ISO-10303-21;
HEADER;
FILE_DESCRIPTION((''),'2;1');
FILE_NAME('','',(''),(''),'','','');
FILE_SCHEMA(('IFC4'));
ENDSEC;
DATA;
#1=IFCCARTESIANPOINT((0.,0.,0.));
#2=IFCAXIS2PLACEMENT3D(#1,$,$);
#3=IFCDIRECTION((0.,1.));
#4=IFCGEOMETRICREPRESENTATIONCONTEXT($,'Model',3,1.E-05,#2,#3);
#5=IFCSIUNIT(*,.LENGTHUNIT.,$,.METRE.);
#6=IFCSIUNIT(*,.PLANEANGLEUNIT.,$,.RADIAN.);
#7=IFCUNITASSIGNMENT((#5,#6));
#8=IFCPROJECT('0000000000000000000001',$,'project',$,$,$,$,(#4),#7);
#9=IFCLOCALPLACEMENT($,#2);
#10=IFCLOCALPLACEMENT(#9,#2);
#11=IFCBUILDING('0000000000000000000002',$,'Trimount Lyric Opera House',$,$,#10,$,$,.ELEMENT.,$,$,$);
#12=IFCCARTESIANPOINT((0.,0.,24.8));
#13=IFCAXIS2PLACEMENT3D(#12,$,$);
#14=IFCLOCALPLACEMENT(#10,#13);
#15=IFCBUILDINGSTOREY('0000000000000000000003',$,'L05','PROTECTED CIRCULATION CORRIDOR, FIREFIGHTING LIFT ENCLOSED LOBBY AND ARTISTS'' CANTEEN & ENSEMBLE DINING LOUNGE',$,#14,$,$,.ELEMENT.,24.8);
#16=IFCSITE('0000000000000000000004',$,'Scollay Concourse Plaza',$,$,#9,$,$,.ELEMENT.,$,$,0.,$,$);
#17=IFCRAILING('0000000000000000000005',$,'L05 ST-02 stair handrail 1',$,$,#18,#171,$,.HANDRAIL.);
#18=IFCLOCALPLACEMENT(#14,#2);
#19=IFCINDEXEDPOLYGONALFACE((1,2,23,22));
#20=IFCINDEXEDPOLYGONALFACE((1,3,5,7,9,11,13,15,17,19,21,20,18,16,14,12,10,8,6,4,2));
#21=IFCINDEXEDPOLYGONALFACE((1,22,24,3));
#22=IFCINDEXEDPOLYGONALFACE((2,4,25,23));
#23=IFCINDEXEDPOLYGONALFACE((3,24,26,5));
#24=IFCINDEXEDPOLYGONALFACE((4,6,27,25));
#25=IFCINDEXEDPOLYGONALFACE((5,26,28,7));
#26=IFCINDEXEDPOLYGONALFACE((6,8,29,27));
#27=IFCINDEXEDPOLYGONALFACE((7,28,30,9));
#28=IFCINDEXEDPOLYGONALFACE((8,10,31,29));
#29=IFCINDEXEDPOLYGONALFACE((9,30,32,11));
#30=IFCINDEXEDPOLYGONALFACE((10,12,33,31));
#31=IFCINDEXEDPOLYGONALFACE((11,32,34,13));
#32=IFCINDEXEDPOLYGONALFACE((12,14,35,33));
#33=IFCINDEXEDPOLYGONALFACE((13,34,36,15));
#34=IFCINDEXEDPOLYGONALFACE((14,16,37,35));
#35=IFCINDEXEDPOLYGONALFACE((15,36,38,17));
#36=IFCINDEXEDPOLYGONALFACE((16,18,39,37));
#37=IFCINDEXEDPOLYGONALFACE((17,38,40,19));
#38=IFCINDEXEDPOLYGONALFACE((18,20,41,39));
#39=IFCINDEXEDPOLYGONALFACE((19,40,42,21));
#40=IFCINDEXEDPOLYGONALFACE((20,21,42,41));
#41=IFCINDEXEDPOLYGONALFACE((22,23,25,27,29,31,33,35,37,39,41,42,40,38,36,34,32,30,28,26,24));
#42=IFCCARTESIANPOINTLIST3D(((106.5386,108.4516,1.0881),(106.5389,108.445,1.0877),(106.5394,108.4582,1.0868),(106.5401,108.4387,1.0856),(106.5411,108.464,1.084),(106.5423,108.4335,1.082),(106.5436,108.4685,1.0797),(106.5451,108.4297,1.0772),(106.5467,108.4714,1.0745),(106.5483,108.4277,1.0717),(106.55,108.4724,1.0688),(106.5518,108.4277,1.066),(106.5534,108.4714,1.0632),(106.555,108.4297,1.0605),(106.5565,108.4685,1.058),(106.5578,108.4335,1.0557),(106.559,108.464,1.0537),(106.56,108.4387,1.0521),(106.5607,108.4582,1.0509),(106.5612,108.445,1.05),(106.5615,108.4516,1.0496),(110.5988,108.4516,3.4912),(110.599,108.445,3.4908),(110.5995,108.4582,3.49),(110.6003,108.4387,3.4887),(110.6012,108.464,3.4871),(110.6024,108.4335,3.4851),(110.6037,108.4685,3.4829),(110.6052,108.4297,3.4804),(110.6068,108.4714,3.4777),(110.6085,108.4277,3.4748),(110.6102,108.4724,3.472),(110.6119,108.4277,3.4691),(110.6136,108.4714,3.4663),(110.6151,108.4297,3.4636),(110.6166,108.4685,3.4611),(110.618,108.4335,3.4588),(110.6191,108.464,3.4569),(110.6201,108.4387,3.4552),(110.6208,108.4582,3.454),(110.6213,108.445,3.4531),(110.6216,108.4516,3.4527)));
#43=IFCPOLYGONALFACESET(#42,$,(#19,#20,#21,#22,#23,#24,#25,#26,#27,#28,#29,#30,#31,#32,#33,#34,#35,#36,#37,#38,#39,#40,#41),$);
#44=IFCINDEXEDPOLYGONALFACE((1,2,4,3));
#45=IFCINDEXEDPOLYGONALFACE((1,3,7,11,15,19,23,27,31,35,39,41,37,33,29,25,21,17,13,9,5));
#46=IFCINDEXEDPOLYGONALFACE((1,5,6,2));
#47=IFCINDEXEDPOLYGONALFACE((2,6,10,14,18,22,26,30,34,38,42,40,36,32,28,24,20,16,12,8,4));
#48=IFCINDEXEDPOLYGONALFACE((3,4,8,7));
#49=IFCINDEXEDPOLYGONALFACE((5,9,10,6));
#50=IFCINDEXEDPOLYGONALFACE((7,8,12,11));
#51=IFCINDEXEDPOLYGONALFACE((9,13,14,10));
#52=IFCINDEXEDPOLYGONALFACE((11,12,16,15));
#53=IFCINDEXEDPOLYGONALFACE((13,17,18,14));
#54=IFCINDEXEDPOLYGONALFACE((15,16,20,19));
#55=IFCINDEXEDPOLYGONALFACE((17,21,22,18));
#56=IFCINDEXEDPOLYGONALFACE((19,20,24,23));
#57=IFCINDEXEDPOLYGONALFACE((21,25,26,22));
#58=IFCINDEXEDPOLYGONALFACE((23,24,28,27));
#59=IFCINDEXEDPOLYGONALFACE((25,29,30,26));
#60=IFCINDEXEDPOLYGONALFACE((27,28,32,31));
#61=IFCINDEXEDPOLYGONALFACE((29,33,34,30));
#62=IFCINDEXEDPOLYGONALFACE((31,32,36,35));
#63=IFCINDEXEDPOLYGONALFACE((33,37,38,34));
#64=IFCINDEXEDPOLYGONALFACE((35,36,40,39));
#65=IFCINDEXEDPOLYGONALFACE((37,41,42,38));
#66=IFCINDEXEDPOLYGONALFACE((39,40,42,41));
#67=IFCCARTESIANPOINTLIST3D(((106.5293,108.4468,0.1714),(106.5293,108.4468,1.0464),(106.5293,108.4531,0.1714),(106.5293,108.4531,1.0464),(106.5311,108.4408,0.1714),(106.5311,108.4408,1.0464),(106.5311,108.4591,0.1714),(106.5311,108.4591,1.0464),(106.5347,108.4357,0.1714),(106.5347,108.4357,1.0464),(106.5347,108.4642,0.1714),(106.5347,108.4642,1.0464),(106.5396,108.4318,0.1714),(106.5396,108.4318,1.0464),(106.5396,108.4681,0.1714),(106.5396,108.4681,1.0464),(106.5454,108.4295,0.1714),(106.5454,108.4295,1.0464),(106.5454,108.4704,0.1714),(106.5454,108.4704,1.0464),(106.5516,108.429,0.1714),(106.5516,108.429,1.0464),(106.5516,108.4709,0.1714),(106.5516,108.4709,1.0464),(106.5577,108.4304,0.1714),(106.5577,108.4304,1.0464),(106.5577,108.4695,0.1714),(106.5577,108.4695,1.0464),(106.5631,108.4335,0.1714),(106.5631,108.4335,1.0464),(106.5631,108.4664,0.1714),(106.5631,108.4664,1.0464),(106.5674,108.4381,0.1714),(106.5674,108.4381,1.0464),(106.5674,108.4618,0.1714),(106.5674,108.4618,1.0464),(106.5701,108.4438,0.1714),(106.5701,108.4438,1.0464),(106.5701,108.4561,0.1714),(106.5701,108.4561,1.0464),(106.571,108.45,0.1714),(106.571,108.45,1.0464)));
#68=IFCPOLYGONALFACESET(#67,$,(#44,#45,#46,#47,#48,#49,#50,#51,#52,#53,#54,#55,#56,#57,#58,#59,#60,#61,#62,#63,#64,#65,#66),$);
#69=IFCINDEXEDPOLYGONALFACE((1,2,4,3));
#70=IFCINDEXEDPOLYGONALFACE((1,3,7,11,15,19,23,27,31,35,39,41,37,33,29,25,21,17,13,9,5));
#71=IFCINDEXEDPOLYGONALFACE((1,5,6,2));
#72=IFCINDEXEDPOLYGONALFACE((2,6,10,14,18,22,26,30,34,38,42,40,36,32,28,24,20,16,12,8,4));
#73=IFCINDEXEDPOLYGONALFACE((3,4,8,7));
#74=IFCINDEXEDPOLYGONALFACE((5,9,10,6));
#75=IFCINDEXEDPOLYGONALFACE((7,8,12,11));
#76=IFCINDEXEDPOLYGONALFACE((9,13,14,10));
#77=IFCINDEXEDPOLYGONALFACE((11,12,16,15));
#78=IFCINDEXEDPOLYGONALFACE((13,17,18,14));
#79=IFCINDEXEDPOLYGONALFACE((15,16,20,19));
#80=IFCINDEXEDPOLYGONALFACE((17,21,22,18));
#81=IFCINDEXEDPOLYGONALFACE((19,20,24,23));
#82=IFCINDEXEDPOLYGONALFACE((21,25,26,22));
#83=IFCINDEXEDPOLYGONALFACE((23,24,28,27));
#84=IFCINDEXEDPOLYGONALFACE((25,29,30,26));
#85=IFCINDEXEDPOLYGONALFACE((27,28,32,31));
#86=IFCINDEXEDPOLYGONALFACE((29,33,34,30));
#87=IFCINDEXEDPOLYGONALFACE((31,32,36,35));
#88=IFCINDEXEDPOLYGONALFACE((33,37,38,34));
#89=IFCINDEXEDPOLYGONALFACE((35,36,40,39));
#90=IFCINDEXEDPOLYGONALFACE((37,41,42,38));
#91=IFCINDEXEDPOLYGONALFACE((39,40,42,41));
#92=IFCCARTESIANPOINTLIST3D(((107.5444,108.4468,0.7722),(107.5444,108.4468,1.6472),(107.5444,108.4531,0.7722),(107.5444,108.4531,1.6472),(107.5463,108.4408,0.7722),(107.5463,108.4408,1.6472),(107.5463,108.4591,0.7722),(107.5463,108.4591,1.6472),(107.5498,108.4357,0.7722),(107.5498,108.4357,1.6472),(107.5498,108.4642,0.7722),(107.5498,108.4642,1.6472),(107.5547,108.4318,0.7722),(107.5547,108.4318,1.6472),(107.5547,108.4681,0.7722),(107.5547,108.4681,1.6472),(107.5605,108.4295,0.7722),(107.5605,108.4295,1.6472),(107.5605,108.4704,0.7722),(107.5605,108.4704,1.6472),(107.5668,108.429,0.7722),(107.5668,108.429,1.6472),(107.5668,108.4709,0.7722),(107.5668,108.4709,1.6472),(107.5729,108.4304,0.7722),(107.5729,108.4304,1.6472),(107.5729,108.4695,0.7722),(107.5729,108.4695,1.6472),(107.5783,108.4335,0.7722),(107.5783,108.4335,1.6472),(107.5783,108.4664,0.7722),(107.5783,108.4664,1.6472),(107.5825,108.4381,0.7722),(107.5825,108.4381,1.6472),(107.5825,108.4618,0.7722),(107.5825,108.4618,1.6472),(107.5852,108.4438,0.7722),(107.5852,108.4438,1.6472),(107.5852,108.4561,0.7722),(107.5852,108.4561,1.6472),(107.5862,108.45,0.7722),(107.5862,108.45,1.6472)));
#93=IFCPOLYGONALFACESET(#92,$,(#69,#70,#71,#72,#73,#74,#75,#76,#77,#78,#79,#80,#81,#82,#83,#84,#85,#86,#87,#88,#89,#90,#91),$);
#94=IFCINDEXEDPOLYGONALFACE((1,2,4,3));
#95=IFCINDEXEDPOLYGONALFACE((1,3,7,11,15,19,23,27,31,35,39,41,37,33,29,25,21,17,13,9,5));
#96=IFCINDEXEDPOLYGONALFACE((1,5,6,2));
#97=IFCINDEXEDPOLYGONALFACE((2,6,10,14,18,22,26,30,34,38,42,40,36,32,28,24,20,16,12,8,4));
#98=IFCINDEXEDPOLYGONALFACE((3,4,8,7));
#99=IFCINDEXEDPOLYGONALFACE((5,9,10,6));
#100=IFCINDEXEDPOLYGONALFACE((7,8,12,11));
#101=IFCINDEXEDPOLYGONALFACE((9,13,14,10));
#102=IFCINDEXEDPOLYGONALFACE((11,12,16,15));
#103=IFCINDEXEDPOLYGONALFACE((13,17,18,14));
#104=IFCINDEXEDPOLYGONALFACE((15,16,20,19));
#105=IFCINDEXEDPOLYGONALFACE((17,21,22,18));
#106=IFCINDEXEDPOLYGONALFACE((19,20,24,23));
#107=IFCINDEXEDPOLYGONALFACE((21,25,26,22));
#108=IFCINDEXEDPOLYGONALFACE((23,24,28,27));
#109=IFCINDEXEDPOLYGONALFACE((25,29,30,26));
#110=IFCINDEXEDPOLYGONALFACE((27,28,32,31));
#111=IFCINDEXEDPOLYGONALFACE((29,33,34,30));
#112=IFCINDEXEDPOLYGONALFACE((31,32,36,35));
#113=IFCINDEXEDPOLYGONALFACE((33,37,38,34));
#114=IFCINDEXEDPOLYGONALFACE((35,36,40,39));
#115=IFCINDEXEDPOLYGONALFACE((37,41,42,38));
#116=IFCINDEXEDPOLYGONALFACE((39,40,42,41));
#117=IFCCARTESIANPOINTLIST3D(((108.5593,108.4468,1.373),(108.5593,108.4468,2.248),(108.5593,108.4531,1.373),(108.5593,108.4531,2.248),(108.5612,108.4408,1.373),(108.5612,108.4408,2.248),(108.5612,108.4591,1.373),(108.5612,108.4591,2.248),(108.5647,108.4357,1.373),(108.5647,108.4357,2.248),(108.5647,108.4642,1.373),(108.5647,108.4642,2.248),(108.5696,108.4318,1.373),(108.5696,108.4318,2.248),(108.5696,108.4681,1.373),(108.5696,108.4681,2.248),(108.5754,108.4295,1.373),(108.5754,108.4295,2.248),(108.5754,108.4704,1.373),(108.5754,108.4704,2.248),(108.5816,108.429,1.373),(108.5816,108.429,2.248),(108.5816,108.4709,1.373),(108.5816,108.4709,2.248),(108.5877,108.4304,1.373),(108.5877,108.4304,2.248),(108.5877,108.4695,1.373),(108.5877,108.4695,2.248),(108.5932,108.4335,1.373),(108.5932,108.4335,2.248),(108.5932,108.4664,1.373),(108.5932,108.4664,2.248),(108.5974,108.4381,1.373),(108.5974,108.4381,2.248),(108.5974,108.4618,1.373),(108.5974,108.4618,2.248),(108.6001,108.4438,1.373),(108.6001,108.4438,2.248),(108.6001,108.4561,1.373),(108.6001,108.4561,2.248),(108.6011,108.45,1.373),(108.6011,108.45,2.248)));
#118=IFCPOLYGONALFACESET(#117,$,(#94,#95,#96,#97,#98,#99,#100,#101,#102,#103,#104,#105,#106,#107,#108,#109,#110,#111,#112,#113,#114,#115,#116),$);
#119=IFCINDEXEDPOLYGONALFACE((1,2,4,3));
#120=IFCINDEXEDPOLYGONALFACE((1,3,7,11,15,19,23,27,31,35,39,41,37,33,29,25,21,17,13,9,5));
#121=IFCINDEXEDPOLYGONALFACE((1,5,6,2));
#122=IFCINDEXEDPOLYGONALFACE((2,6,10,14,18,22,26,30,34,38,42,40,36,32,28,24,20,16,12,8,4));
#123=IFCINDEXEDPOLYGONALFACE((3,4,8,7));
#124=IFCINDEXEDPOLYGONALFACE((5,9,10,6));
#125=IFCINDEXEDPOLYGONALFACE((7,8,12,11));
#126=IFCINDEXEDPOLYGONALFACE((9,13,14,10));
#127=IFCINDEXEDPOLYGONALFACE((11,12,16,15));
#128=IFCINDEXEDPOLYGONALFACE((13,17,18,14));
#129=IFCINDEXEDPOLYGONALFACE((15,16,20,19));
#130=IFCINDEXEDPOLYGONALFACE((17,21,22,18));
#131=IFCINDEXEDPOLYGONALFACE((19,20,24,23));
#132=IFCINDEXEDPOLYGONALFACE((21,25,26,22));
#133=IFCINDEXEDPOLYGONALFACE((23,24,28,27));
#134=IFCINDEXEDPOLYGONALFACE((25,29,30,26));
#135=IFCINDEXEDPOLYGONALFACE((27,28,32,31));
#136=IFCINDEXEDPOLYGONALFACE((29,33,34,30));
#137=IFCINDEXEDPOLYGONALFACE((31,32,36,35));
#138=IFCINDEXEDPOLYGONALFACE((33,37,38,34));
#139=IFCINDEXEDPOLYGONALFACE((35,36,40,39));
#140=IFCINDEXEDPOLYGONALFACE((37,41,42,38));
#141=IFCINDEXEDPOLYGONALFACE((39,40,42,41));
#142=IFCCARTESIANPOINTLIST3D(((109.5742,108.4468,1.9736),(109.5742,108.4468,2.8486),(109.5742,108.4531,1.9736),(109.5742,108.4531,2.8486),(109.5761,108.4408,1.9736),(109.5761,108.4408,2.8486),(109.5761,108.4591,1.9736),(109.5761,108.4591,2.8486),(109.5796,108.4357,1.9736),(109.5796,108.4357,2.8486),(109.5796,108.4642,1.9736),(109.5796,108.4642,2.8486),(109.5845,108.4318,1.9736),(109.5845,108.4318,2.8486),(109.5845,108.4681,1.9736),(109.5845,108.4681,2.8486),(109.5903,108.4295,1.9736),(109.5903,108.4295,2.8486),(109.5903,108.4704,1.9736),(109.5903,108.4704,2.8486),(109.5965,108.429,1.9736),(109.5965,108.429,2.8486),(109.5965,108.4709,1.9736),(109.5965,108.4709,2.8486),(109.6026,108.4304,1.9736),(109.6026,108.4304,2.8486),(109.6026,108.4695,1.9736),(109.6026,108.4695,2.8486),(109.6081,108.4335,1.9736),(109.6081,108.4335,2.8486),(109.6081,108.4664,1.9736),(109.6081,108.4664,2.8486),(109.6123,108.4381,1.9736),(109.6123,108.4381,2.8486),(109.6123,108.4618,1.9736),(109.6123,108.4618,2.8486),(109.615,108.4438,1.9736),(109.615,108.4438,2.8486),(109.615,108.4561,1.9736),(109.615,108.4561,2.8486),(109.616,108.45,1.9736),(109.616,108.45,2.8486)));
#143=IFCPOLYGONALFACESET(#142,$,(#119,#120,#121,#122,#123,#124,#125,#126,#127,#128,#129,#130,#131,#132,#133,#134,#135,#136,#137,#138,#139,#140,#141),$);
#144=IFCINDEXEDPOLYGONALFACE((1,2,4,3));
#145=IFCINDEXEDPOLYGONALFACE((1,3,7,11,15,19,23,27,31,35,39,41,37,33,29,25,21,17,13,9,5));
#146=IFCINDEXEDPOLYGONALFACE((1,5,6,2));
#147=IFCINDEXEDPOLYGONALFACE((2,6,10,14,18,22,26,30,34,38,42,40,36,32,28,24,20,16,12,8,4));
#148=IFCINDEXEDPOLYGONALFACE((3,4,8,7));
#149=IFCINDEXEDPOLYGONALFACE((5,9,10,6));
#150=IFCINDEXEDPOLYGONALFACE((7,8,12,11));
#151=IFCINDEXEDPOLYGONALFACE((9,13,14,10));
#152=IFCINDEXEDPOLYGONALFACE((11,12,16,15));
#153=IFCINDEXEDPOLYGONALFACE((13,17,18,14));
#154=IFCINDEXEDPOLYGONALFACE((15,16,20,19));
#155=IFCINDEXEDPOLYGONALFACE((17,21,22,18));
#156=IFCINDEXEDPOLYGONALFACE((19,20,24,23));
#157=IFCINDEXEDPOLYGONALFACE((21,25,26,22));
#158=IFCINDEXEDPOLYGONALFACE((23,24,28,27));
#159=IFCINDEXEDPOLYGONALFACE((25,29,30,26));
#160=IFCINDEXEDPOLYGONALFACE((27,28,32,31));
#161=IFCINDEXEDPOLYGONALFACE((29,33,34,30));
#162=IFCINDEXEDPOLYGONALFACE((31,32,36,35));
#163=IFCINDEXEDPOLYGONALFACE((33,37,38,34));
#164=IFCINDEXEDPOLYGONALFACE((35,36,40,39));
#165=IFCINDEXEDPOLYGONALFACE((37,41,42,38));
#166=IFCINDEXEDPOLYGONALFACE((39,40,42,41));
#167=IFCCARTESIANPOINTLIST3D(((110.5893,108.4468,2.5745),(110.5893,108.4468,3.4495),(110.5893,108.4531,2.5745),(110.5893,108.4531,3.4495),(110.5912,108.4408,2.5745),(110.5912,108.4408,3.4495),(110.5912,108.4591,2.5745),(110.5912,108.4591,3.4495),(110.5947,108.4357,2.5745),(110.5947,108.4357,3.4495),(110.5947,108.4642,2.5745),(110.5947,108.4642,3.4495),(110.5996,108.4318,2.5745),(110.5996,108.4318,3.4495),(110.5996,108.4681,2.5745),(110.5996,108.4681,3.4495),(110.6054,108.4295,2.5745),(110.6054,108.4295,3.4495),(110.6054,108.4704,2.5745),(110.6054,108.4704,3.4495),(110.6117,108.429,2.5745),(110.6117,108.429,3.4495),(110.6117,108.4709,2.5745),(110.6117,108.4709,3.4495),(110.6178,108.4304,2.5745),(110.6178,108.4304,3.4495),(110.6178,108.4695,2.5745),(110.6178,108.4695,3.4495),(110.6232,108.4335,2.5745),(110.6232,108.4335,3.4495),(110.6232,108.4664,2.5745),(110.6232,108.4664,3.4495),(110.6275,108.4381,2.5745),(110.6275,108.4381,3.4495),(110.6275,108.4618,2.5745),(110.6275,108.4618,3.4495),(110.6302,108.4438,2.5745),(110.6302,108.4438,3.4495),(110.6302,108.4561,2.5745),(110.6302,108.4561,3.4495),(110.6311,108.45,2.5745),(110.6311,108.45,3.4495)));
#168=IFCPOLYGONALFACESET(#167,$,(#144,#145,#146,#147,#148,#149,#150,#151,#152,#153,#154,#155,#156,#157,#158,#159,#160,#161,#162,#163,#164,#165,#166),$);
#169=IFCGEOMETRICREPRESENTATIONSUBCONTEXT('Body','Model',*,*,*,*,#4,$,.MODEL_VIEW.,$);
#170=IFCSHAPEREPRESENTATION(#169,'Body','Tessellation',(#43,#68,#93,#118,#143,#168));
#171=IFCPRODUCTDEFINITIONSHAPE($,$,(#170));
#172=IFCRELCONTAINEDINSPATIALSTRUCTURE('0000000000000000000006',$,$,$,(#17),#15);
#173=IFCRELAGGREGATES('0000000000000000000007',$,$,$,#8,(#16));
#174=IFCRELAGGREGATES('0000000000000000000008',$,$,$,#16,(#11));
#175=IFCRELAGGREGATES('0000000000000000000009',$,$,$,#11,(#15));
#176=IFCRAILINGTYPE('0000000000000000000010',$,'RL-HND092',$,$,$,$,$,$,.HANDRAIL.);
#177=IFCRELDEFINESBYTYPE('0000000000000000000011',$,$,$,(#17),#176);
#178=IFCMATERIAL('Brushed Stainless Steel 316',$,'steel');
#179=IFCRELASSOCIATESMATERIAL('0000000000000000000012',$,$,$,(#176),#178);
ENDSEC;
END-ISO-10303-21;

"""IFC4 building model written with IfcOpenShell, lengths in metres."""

from ifc_helpers import new_model, si_unit, direction, frame, origin, origin_2d, place, context, subcontext, project, spatial, circle, extrude, material, type_object, element, save


model = new_model("IFC4")

# Units and contexts
model_context = context("Model", 3, precision=1e-05, world=origin(), true_north=direction((0.0, 1.0)))
body_context = subcontext(model_context, "Body", "Model", "MODEL_VIEW")
ifc_project = project(units=[si_unit("LENGTHUNIT", "METRE"), si_unit("PLANEANGLEUNIT", "RADIAN")], contexts=[model_context])

# Site, building, storey
site_placement = place(None, origin())
site = spatial("IfcSite", under=ifc_project, at=site_placement, Name="Scollay Concourse Plaza", CompositionType="ELEMENT", RefElevation=0.0)
building_placement = place(site_placement, origin())
building = spatial("IfcBuilding", under=site, at=building_placement, Name="Trimount Lyric Opera House", CompositionType="ELEMENT")
storey_placement = place(building_placement, frame((0.0, 0.0, 24.8)))
storey = spatial("IfcBuildingStorey", under=building, at=storey_placement, Name="L05", Description="PROTECTED CIRCULATION CORRIDOR, FIREFIGHTING LIFT ENCLOSED LOBBY AND ARTISTS' CANTEEN & ENSEMBLE DINING LOUNGE", CompositionType="ELEMENT", Elevation=24.8)

# Railing
ifc_material_1 = material(Name="Brushed Stainless Steel 316", Category="steel")
railing_type_1 = type_object("IfcRailingType", Name="RL-HND092", PredefinedType="HANDRAIL", material=ifc_material_1)
railing_1_placement = place(storey_placement, frame((106.55, 108.45, 0.1714)))
element("IfcRailing", 1, at=railing_1_placement, inside=storey, type_object=railing_type_1, Name="L05 ST-02 stair handrail 1", PredefinedType="HANDRAIL", context=body_context, shape_type="SweptSolid", body=[
    extrude(circle(Radius=0.0225, at=origin_2d()), frame((0.0, 0.0, 0.8975), z_axis=(0.86056, 0.0, 0.50935), x_axis=(0.0, 1.0, 0.0)), (0.0, 0.0, 1.0), 4.718),
    extrude(circle(Radius=0.021, at=origin_2d()), origin(), (0.0, 0.0, 1.0), 0.875),
    extrude(circle(Radius=0.021, at=origin_2d()), frame((1.0151, 0.0, 0.6008)), (0.0, 0.0, 1.0), 0.875),
    extrude(circle(Radius=0.021, at=origin_2d()), frame((2.03, 0.0, 1.2017)), (0.0, 0.0, 1.0), 0.875),
    extrude(circle(Radius=0.021, at=origin_2d()), frame((3.0449, 0.0, 1.8022)), (0.0, 0.0, 1.0), 0.875),
    extrude(circle(Radius=0.021, at=origin_2d()), frame((4.0601, 0.0, 2.4031)), (0.0, 0.0, 1.0), 0.875),
])

save(model, "model.ifc")
